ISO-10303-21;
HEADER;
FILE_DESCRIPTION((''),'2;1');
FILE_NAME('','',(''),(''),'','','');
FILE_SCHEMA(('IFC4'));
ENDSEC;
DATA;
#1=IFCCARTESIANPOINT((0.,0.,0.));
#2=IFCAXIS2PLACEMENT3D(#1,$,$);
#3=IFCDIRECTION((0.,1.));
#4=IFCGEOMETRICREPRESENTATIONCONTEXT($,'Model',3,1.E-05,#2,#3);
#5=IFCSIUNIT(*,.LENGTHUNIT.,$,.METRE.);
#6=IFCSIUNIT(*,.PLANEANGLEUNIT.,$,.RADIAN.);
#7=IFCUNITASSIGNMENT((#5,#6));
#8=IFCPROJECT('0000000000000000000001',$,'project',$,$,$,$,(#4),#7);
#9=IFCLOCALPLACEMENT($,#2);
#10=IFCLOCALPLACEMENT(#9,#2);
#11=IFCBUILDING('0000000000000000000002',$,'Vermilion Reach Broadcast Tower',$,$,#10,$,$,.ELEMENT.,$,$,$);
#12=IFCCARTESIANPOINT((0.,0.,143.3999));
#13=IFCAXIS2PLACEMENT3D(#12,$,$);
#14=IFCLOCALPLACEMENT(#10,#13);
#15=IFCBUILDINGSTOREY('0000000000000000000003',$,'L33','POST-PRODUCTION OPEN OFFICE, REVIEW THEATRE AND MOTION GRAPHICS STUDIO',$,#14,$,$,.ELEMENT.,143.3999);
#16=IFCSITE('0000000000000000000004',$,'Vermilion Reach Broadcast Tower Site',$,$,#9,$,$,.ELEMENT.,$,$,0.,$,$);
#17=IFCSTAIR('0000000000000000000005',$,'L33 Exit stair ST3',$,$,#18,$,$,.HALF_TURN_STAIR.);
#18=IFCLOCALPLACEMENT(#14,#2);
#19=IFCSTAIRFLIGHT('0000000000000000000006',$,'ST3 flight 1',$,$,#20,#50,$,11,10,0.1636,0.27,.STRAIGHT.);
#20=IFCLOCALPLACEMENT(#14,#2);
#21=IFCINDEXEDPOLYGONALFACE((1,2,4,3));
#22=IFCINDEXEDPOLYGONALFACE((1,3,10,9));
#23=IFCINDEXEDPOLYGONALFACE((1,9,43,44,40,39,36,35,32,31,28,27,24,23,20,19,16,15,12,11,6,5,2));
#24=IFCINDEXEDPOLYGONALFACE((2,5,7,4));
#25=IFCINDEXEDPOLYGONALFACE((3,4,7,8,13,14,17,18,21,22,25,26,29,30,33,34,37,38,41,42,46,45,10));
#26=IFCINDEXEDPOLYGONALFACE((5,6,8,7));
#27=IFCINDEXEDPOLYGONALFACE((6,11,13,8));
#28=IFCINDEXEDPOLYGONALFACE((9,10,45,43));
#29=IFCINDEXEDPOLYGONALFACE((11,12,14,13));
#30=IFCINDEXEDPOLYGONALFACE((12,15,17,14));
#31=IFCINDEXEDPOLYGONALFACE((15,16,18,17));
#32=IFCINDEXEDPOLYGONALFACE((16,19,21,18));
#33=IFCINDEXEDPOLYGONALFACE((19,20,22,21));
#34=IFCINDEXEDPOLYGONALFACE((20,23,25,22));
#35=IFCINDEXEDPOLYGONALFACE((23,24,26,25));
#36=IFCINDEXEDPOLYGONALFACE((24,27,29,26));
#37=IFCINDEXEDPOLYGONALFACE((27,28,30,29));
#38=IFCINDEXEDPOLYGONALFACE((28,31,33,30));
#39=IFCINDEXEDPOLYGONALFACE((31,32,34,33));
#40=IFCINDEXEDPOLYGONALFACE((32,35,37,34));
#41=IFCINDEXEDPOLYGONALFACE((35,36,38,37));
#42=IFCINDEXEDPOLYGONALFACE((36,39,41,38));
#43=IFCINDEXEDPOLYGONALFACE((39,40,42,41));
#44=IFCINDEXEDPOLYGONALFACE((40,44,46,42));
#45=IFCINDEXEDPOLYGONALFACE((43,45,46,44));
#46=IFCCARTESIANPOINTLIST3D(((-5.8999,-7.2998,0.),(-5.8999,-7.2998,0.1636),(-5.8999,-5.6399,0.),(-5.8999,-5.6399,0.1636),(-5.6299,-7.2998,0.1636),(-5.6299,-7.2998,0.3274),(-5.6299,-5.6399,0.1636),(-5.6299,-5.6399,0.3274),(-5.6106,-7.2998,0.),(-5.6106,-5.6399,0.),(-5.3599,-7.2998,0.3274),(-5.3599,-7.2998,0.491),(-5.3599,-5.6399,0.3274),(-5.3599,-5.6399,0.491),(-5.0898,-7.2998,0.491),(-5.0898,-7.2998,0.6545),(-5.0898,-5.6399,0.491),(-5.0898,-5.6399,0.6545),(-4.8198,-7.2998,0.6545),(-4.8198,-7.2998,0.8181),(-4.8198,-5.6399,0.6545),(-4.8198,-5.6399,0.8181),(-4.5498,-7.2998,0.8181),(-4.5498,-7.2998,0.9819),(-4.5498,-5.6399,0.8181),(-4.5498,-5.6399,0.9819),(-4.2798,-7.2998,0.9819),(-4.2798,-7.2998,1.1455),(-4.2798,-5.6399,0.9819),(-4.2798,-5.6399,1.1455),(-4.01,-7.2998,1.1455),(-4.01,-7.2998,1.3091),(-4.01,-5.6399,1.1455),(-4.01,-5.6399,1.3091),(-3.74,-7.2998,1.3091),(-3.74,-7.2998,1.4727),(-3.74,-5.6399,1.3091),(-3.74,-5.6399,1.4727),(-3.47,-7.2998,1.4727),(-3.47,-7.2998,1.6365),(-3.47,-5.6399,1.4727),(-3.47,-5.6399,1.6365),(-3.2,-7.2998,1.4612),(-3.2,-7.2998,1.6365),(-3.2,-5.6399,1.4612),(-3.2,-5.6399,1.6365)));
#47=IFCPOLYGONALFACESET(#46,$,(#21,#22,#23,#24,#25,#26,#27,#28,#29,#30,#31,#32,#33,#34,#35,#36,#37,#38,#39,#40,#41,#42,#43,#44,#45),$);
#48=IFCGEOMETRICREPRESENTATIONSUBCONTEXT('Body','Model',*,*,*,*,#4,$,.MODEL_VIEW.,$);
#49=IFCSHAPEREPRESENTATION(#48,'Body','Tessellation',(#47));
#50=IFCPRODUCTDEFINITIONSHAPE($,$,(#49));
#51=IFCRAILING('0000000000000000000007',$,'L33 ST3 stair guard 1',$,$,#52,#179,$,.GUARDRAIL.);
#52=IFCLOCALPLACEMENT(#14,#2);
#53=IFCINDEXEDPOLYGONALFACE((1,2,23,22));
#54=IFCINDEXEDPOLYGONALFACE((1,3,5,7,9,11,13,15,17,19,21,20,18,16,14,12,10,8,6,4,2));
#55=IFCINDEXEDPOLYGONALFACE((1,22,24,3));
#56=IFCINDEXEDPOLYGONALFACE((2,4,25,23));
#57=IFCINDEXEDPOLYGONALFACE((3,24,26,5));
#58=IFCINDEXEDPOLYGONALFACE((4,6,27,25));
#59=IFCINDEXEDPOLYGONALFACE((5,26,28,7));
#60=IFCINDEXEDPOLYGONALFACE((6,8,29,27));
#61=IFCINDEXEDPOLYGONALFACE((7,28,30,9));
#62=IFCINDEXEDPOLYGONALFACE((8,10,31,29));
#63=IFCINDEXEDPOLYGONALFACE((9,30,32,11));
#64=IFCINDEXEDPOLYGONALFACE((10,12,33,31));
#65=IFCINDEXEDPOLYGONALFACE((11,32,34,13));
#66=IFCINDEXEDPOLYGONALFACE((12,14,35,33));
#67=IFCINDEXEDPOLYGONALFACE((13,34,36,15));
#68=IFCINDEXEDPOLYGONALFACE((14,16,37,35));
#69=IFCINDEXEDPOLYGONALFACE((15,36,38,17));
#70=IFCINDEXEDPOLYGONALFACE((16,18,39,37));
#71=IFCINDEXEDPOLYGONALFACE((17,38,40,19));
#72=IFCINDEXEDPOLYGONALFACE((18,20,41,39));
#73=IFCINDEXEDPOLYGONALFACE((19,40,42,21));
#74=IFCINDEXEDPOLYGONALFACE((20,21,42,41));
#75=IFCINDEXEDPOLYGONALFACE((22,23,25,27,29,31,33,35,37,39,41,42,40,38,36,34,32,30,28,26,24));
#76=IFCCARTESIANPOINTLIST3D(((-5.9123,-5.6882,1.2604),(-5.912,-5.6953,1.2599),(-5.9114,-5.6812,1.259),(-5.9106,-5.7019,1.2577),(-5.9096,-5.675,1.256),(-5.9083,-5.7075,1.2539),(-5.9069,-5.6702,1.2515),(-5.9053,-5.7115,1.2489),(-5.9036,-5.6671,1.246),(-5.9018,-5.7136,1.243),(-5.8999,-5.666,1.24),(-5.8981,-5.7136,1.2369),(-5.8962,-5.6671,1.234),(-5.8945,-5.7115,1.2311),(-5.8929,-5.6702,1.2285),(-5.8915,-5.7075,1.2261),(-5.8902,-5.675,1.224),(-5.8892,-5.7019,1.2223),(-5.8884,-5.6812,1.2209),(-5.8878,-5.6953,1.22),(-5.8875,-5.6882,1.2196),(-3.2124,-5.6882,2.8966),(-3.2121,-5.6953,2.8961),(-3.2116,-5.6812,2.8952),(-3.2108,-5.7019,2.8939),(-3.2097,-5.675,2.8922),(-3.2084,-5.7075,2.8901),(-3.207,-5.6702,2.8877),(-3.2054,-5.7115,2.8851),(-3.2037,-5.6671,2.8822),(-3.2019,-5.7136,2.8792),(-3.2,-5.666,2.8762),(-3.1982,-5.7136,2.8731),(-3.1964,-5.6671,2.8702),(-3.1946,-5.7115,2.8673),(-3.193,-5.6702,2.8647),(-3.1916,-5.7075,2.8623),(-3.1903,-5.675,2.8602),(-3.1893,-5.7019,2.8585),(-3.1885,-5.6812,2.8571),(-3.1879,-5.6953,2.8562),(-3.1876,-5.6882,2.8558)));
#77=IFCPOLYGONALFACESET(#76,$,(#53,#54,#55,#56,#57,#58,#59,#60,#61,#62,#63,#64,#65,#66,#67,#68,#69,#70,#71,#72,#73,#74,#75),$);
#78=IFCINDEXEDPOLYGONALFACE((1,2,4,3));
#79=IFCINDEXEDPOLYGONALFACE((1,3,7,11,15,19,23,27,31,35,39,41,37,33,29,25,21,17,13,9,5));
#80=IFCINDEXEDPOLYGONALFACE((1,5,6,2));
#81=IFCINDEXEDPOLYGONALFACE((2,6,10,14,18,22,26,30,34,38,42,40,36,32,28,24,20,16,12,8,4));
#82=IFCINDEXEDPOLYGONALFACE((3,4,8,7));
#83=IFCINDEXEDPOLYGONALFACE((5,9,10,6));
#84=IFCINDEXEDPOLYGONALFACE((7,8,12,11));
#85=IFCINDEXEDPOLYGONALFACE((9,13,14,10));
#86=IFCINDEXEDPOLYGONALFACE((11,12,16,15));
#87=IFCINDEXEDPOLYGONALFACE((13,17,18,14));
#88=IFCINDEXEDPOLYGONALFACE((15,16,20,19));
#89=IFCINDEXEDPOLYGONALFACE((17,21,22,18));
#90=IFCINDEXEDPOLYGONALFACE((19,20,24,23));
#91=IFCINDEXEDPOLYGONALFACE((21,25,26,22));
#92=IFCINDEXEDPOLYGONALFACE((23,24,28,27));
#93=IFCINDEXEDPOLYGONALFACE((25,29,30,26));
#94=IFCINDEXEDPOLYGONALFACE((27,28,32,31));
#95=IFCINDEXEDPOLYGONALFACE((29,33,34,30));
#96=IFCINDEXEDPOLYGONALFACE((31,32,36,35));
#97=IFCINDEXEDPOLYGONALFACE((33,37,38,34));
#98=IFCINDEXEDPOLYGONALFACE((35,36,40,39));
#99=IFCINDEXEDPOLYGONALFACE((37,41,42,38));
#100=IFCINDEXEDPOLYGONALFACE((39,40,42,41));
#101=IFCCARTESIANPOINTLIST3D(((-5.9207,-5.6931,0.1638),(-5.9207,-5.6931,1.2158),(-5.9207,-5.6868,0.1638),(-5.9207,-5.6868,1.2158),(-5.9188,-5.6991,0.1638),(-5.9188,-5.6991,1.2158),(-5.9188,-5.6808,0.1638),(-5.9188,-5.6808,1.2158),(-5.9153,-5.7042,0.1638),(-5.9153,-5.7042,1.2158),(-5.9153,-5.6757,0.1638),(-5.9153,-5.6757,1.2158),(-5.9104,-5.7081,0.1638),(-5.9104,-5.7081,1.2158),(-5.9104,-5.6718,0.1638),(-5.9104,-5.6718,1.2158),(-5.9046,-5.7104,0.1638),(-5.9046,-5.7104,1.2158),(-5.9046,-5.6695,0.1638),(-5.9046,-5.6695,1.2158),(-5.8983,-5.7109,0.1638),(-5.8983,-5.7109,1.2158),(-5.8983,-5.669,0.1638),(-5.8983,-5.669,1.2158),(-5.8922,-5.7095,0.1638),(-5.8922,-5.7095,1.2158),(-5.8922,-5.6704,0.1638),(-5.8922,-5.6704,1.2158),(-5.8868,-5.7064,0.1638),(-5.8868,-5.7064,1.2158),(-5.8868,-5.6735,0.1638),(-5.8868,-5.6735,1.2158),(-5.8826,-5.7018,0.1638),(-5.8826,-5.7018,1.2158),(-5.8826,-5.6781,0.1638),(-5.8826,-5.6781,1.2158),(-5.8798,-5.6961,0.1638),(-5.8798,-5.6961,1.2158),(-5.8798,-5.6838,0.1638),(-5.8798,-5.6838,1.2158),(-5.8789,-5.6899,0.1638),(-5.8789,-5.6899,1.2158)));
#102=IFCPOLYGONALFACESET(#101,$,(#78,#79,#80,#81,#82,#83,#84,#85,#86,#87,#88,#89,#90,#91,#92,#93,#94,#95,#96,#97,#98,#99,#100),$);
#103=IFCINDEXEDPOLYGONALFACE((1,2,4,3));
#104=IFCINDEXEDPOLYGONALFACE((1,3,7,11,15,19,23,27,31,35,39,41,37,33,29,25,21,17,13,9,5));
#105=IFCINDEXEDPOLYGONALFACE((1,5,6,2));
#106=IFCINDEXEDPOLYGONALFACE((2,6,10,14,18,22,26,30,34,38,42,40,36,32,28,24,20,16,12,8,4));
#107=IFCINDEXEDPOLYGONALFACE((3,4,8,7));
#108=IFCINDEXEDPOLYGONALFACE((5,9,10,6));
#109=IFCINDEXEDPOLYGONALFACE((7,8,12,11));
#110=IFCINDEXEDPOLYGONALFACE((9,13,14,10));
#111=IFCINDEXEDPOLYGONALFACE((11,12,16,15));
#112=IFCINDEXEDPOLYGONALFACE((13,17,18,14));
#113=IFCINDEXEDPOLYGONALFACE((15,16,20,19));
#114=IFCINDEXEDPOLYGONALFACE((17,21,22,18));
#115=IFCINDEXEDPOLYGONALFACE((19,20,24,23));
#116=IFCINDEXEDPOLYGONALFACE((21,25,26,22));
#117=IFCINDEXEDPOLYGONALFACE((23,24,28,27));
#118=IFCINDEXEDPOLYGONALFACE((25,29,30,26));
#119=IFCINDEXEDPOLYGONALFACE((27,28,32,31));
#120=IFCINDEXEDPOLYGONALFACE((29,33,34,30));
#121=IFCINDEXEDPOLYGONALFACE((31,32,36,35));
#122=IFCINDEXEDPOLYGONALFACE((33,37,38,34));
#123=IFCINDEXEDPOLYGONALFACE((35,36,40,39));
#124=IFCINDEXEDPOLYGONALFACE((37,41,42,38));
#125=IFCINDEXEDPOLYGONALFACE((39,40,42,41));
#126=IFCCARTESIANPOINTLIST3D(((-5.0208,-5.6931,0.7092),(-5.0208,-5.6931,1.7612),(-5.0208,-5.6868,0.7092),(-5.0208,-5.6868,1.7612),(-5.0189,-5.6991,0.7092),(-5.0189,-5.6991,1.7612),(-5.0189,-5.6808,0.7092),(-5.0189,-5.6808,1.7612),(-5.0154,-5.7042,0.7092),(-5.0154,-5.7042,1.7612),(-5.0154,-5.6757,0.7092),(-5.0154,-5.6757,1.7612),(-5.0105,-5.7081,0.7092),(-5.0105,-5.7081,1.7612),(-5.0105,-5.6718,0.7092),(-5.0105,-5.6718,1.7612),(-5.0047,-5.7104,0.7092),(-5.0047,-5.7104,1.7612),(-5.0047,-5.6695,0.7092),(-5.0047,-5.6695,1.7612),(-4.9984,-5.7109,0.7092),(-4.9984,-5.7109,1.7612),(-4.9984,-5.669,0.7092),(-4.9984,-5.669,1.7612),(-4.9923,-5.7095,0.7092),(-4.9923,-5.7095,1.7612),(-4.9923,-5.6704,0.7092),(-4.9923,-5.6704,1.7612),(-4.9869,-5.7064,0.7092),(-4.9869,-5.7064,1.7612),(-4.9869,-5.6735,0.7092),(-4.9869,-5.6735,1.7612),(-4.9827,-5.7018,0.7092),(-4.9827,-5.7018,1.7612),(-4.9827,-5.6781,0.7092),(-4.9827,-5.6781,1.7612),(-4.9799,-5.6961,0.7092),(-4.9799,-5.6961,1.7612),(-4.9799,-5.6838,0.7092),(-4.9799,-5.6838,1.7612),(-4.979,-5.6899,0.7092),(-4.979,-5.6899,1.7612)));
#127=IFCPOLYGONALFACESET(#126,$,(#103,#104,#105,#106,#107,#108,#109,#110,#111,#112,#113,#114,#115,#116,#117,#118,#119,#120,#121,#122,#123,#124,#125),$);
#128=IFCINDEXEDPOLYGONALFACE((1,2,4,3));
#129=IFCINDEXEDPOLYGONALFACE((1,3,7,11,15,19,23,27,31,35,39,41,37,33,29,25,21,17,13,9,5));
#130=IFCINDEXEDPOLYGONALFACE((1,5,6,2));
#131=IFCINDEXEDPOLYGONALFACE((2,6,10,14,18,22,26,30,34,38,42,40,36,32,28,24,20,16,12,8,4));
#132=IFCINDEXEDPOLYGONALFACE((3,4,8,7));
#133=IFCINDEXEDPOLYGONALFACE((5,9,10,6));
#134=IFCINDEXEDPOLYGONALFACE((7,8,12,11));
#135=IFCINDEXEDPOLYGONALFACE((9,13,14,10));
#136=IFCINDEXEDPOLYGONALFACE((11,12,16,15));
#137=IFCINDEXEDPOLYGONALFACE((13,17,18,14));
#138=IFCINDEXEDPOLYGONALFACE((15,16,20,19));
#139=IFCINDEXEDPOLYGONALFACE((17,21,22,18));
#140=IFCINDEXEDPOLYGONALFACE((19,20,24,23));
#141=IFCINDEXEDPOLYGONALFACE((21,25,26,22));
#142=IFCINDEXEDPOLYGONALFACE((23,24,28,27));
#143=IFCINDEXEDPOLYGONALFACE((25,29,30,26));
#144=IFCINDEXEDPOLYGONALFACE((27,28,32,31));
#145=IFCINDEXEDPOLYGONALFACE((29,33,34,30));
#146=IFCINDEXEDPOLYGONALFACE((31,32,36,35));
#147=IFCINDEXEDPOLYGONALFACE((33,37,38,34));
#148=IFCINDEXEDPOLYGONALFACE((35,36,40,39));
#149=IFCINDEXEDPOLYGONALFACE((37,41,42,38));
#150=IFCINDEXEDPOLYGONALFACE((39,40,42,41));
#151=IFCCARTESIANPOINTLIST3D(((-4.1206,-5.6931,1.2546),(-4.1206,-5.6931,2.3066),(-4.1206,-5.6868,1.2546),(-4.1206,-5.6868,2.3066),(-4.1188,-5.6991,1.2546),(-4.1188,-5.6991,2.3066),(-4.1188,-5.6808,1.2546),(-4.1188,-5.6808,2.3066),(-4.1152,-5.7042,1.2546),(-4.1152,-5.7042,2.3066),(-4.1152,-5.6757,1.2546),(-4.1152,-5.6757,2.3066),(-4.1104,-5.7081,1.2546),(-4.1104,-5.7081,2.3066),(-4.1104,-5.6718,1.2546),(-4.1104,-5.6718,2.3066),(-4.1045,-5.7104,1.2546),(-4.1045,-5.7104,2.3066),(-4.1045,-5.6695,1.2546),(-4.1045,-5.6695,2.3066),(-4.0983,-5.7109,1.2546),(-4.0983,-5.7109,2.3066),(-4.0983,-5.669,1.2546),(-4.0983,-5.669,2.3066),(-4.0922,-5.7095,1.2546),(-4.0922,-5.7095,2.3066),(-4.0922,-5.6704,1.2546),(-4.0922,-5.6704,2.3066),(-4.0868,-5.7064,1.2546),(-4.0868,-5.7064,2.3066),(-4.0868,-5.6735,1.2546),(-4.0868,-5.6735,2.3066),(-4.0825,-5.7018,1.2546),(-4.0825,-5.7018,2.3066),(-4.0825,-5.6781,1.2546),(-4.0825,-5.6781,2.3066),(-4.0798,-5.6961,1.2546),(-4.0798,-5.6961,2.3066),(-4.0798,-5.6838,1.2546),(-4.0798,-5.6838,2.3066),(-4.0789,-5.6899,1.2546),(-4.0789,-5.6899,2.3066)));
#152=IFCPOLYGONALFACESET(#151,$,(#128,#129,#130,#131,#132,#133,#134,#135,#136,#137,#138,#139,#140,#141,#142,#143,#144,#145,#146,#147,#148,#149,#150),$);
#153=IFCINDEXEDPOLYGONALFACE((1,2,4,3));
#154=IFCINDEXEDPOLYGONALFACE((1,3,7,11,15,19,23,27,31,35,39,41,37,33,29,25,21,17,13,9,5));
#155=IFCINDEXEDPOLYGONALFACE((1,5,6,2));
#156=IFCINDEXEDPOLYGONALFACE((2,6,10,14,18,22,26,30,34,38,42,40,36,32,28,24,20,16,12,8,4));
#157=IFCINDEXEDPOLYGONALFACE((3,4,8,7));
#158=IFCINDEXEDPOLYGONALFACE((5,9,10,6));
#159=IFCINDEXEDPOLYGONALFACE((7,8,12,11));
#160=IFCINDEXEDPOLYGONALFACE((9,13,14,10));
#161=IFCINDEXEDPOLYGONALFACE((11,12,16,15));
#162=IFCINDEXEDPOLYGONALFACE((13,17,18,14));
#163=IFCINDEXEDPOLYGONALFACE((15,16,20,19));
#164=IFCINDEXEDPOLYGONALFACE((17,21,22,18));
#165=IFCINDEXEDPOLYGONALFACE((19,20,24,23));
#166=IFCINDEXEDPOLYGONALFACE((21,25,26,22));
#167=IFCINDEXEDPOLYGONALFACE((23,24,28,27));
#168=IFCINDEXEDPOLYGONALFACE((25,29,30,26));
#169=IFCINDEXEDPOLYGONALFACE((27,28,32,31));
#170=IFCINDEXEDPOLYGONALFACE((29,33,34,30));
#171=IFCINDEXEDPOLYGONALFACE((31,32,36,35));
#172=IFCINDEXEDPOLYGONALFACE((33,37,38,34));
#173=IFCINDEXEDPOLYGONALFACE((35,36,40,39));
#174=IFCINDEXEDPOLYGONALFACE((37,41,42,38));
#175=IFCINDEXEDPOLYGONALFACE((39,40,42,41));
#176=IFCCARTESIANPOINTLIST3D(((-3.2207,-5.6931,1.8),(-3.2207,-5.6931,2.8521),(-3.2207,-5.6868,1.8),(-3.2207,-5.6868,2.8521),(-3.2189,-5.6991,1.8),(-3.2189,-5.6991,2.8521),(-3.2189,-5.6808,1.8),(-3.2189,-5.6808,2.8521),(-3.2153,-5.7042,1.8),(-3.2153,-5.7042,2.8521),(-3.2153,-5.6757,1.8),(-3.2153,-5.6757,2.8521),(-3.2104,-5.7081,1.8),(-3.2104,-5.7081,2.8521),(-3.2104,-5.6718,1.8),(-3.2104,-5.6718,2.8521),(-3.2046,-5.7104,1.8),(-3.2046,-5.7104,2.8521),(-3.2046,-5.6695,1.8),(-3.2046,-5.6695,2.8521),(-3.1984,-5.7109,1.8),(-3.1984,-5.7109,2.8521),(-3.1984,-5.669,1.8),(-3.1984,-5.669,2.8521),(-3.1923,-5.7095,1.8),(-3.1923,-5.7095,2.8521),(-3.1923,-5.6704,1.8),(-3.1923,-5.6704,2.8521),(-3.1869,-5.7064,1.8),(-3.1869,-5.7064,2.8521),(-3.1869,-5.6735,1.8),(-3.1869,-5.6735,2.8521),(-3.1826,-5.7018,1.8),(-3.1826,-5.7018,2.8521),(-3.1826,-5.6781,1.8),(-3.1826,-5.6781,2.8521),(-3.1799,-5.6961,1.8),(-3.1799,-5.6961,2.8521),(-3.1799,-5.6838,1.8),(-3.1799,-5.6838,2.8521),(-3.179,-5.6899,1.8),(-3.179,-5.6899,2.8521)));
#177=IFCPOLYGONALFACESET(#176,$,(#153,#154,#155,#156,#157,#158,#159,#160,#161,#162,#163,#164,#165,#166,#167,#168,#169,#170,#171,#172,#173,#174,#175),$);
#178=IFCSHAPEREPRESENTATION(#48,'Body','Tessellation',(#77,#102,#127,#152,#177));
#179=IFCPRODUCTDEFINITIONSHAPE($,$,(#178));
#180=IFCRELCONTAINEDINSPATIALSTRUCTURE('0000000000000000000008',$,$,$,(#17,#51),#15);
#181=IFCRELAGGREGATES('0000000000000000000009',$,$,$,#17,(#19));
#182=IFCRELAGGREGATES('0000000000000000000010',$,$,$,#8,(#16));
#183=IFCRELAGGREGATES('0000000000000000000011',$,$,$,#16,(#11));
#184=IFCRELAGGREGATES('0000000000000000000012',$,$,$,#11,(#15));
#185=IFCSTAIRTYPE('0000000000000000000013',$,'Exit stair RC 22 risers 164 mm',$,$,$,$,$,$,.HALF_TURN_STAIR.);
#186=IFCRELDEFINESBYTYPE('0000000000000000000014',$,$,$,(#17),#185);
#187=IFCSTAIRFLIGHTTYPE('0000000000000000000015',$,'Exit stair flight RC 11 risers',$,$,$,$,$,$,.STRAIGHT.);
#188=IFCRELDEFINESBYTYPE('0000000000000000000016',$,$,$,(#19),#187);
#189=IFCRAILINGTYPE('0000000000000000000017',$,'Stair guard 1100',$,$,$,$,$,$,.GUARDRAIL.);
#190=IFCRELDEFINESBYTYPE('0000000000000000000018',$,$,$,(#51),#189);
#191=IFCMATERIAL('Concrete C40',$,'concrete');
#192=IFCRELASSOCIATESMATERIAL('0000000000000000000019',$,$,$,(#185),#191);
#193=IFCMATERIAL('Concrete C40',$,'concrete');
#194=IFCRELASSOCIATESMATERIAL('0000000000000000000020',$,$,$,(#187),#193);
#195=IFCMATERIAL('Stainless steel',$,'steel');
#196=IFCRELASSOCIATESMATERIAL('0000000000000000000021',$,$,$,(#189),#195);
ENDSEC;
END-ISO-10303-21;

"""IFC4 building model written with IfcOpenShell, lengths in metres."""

from ifc_helpers import new_model, si_unit, direction, frame, origin, origin_2d, place, context, subcontext, project, spatial, polyline, circle, outline, extrude, material, type_object, element, aggregate, save


model = new_model("IFC4")

# Units and contexts
model_context = context("Model", 3, precision=1e-05, world=origin(), true_north=direction((0.0, 1.0)))
body_context = subcontext(model_context, "Body", "Model", "MODEL_VIEW")
ifc_project = project(units=[si_unit("LENGTHUNIT", "METRE"), si_unit("PLANEANGLEUNIT", "RADIAN")], contexts=[model_context])

# Site, building, storey
site_placement = place(None, origin())
site = spatial("IfcSite", under=ifc_project, at=site_placement, Name="Vermilion Reach Broadcast Tower Site", CompositionType="ELEMENT", RefElevation=0.0)
building_placement = place(site_placement, origin())
building = spatial("IfcBuilding", under=site, at=building_placement, Name="Vermilion Reach Broadcast Tower", CompositionType="ELEMENT")
storey_placement = place(building_placement, frame((0.0, 0.0, 143.3999)))
storey = spatial("IfcBuildingStorey", under=building, at=storey_placement, Name="L33", Description="POST-PRODUCTION OPEN OFFICE, REVIEW THEATRE AND MOTION GRAPHICS STUDIO", CompositionType="ELEMENT", Elevation=143.3999)

# Stair, stair flight
ifc_material_1 = material(Name="Concrete C40", Category="concrete")
stair_type = type_object("IfcStairType", Name="Exit stair RC 22 risers 164 mm", PredefinedType="HALF_TURN_STAIR", material=ifc_material_1)
stair_placement = place(storey_placement, origin())
stair = element("IfcStair", 1, at=stair_placement, inside=storey, type_object=stair_type, Name="L33 Exit stair ST3", PredefinedType="HALF_TURN_STAIR")
ifc_material_2 = material(Name="Concrete C40", Category="concrete")
stair_flight_type = type_object("IfcStairFlightType", Name="Exit stair flight RC 11 risers", PredefinedType="STRAIGHT", material=ifc_material_2)
stair_flight_placement = place(storey_placement, frame((-5.8999, -6.47, 0.0), z_axis=(0.0, 0.0, 1.0), x_axis=(1.0, 0.0, 0.0)))
stair_flight = element("IfcStairFlight", 2, at=stair_flight_placement, type_object=stair_flight_type, Name="ST3 flight 1", NumberOfRisers=11, NumberOfTreads=10, PredefinedType="STRAIGHT", RiserHeight=0.1636, TreadLength=0.27, context=body_context, shape_type="SweptSolid", body=[
    extrude(outline(polyline([(0.0, 0.0), (0.0, 0.1636), (0.27, 0.1636), (0.27, 0.3274), (0.54, 0.3274), (0.54, 0.491), (0.8101, 0.491), (0.8101, 0.6545), (1.0801, 0.6545), (1.0801, 0.8181), (1.3501, 0.8181), (1.3501, 0.9819), (1.6201, 0.9819), (1.6201, 1.1455), (1.8899, 1.1455), (1.8899, 1.3091), (2.1599, 1.3091), (2.1599, 1.4727), (2.4299, 1.4727), (2.4299, 1.6365), (2.7, 1.6365), (2.7, 1.8), (2.7, 1.4612), (0.2893, 0.0), (0.0, 0.0)])), frame((0.0, 0.8301, 0.0), z_axis=(0.0, -1.0, 0.0), x_axis=(1.0, 0.0, 0.0)), (0.0, 0.0, 1.0), 1.6599),
])
aggregate(stair, [stair_flight])

# Railing
ifc_material_3 = material(Name="Stainless steel", Category="steel")
railing_type_1 = type_object("IfcRailingType", Name="Stair guard 1100", PredefinedType="GUARDRAIL", material=ifc_material_3)
railing_1_placement = place(storey_placement, frame((-5.8999, -5.6899, 0.1638)))
element("IfcRailing", 3, at=railing_1_placement, inside=storey, type_object=railing_type_1, Name="L33 ST3 stair guard 1", PredefinedType="GUARDRAIL", context=body_context, shape_type="SweptSolid", body=[
    extrude(circle(Radius=0.0239, at=origin_2d()), frame((0.0, 0.0, 1.0762), z_axis=(0.855212, 0.0, 0.518278), x_axis=(0.0, 1.0, 0.0)), (0.0, 0.0, 1.0), 3.157),
    extrude(circle(Radius=0.021, at=origin_2d()), origin(), (0.0, 0.0, 1.0), 1.052),
    extrude(circle(Radius=0.021, at=origin_2d()), frame((0.8999, 0.0, 0.5454)), (0.0, 0.0, 1.0), 1.052),
    extrude(circle(Radius=0.021, at=origin_2d()), frame((1.8, 0.0, 1.0908)), (0.0, 0.0, 1.0), 1.052),
    extrude(circle(Radius=0.021, at=origin_2d()), frame((2.7, 0.0, 1.6362)), (0.0, 0.0, 1.0), 1.052),
])

save(model, "model.ifc")
